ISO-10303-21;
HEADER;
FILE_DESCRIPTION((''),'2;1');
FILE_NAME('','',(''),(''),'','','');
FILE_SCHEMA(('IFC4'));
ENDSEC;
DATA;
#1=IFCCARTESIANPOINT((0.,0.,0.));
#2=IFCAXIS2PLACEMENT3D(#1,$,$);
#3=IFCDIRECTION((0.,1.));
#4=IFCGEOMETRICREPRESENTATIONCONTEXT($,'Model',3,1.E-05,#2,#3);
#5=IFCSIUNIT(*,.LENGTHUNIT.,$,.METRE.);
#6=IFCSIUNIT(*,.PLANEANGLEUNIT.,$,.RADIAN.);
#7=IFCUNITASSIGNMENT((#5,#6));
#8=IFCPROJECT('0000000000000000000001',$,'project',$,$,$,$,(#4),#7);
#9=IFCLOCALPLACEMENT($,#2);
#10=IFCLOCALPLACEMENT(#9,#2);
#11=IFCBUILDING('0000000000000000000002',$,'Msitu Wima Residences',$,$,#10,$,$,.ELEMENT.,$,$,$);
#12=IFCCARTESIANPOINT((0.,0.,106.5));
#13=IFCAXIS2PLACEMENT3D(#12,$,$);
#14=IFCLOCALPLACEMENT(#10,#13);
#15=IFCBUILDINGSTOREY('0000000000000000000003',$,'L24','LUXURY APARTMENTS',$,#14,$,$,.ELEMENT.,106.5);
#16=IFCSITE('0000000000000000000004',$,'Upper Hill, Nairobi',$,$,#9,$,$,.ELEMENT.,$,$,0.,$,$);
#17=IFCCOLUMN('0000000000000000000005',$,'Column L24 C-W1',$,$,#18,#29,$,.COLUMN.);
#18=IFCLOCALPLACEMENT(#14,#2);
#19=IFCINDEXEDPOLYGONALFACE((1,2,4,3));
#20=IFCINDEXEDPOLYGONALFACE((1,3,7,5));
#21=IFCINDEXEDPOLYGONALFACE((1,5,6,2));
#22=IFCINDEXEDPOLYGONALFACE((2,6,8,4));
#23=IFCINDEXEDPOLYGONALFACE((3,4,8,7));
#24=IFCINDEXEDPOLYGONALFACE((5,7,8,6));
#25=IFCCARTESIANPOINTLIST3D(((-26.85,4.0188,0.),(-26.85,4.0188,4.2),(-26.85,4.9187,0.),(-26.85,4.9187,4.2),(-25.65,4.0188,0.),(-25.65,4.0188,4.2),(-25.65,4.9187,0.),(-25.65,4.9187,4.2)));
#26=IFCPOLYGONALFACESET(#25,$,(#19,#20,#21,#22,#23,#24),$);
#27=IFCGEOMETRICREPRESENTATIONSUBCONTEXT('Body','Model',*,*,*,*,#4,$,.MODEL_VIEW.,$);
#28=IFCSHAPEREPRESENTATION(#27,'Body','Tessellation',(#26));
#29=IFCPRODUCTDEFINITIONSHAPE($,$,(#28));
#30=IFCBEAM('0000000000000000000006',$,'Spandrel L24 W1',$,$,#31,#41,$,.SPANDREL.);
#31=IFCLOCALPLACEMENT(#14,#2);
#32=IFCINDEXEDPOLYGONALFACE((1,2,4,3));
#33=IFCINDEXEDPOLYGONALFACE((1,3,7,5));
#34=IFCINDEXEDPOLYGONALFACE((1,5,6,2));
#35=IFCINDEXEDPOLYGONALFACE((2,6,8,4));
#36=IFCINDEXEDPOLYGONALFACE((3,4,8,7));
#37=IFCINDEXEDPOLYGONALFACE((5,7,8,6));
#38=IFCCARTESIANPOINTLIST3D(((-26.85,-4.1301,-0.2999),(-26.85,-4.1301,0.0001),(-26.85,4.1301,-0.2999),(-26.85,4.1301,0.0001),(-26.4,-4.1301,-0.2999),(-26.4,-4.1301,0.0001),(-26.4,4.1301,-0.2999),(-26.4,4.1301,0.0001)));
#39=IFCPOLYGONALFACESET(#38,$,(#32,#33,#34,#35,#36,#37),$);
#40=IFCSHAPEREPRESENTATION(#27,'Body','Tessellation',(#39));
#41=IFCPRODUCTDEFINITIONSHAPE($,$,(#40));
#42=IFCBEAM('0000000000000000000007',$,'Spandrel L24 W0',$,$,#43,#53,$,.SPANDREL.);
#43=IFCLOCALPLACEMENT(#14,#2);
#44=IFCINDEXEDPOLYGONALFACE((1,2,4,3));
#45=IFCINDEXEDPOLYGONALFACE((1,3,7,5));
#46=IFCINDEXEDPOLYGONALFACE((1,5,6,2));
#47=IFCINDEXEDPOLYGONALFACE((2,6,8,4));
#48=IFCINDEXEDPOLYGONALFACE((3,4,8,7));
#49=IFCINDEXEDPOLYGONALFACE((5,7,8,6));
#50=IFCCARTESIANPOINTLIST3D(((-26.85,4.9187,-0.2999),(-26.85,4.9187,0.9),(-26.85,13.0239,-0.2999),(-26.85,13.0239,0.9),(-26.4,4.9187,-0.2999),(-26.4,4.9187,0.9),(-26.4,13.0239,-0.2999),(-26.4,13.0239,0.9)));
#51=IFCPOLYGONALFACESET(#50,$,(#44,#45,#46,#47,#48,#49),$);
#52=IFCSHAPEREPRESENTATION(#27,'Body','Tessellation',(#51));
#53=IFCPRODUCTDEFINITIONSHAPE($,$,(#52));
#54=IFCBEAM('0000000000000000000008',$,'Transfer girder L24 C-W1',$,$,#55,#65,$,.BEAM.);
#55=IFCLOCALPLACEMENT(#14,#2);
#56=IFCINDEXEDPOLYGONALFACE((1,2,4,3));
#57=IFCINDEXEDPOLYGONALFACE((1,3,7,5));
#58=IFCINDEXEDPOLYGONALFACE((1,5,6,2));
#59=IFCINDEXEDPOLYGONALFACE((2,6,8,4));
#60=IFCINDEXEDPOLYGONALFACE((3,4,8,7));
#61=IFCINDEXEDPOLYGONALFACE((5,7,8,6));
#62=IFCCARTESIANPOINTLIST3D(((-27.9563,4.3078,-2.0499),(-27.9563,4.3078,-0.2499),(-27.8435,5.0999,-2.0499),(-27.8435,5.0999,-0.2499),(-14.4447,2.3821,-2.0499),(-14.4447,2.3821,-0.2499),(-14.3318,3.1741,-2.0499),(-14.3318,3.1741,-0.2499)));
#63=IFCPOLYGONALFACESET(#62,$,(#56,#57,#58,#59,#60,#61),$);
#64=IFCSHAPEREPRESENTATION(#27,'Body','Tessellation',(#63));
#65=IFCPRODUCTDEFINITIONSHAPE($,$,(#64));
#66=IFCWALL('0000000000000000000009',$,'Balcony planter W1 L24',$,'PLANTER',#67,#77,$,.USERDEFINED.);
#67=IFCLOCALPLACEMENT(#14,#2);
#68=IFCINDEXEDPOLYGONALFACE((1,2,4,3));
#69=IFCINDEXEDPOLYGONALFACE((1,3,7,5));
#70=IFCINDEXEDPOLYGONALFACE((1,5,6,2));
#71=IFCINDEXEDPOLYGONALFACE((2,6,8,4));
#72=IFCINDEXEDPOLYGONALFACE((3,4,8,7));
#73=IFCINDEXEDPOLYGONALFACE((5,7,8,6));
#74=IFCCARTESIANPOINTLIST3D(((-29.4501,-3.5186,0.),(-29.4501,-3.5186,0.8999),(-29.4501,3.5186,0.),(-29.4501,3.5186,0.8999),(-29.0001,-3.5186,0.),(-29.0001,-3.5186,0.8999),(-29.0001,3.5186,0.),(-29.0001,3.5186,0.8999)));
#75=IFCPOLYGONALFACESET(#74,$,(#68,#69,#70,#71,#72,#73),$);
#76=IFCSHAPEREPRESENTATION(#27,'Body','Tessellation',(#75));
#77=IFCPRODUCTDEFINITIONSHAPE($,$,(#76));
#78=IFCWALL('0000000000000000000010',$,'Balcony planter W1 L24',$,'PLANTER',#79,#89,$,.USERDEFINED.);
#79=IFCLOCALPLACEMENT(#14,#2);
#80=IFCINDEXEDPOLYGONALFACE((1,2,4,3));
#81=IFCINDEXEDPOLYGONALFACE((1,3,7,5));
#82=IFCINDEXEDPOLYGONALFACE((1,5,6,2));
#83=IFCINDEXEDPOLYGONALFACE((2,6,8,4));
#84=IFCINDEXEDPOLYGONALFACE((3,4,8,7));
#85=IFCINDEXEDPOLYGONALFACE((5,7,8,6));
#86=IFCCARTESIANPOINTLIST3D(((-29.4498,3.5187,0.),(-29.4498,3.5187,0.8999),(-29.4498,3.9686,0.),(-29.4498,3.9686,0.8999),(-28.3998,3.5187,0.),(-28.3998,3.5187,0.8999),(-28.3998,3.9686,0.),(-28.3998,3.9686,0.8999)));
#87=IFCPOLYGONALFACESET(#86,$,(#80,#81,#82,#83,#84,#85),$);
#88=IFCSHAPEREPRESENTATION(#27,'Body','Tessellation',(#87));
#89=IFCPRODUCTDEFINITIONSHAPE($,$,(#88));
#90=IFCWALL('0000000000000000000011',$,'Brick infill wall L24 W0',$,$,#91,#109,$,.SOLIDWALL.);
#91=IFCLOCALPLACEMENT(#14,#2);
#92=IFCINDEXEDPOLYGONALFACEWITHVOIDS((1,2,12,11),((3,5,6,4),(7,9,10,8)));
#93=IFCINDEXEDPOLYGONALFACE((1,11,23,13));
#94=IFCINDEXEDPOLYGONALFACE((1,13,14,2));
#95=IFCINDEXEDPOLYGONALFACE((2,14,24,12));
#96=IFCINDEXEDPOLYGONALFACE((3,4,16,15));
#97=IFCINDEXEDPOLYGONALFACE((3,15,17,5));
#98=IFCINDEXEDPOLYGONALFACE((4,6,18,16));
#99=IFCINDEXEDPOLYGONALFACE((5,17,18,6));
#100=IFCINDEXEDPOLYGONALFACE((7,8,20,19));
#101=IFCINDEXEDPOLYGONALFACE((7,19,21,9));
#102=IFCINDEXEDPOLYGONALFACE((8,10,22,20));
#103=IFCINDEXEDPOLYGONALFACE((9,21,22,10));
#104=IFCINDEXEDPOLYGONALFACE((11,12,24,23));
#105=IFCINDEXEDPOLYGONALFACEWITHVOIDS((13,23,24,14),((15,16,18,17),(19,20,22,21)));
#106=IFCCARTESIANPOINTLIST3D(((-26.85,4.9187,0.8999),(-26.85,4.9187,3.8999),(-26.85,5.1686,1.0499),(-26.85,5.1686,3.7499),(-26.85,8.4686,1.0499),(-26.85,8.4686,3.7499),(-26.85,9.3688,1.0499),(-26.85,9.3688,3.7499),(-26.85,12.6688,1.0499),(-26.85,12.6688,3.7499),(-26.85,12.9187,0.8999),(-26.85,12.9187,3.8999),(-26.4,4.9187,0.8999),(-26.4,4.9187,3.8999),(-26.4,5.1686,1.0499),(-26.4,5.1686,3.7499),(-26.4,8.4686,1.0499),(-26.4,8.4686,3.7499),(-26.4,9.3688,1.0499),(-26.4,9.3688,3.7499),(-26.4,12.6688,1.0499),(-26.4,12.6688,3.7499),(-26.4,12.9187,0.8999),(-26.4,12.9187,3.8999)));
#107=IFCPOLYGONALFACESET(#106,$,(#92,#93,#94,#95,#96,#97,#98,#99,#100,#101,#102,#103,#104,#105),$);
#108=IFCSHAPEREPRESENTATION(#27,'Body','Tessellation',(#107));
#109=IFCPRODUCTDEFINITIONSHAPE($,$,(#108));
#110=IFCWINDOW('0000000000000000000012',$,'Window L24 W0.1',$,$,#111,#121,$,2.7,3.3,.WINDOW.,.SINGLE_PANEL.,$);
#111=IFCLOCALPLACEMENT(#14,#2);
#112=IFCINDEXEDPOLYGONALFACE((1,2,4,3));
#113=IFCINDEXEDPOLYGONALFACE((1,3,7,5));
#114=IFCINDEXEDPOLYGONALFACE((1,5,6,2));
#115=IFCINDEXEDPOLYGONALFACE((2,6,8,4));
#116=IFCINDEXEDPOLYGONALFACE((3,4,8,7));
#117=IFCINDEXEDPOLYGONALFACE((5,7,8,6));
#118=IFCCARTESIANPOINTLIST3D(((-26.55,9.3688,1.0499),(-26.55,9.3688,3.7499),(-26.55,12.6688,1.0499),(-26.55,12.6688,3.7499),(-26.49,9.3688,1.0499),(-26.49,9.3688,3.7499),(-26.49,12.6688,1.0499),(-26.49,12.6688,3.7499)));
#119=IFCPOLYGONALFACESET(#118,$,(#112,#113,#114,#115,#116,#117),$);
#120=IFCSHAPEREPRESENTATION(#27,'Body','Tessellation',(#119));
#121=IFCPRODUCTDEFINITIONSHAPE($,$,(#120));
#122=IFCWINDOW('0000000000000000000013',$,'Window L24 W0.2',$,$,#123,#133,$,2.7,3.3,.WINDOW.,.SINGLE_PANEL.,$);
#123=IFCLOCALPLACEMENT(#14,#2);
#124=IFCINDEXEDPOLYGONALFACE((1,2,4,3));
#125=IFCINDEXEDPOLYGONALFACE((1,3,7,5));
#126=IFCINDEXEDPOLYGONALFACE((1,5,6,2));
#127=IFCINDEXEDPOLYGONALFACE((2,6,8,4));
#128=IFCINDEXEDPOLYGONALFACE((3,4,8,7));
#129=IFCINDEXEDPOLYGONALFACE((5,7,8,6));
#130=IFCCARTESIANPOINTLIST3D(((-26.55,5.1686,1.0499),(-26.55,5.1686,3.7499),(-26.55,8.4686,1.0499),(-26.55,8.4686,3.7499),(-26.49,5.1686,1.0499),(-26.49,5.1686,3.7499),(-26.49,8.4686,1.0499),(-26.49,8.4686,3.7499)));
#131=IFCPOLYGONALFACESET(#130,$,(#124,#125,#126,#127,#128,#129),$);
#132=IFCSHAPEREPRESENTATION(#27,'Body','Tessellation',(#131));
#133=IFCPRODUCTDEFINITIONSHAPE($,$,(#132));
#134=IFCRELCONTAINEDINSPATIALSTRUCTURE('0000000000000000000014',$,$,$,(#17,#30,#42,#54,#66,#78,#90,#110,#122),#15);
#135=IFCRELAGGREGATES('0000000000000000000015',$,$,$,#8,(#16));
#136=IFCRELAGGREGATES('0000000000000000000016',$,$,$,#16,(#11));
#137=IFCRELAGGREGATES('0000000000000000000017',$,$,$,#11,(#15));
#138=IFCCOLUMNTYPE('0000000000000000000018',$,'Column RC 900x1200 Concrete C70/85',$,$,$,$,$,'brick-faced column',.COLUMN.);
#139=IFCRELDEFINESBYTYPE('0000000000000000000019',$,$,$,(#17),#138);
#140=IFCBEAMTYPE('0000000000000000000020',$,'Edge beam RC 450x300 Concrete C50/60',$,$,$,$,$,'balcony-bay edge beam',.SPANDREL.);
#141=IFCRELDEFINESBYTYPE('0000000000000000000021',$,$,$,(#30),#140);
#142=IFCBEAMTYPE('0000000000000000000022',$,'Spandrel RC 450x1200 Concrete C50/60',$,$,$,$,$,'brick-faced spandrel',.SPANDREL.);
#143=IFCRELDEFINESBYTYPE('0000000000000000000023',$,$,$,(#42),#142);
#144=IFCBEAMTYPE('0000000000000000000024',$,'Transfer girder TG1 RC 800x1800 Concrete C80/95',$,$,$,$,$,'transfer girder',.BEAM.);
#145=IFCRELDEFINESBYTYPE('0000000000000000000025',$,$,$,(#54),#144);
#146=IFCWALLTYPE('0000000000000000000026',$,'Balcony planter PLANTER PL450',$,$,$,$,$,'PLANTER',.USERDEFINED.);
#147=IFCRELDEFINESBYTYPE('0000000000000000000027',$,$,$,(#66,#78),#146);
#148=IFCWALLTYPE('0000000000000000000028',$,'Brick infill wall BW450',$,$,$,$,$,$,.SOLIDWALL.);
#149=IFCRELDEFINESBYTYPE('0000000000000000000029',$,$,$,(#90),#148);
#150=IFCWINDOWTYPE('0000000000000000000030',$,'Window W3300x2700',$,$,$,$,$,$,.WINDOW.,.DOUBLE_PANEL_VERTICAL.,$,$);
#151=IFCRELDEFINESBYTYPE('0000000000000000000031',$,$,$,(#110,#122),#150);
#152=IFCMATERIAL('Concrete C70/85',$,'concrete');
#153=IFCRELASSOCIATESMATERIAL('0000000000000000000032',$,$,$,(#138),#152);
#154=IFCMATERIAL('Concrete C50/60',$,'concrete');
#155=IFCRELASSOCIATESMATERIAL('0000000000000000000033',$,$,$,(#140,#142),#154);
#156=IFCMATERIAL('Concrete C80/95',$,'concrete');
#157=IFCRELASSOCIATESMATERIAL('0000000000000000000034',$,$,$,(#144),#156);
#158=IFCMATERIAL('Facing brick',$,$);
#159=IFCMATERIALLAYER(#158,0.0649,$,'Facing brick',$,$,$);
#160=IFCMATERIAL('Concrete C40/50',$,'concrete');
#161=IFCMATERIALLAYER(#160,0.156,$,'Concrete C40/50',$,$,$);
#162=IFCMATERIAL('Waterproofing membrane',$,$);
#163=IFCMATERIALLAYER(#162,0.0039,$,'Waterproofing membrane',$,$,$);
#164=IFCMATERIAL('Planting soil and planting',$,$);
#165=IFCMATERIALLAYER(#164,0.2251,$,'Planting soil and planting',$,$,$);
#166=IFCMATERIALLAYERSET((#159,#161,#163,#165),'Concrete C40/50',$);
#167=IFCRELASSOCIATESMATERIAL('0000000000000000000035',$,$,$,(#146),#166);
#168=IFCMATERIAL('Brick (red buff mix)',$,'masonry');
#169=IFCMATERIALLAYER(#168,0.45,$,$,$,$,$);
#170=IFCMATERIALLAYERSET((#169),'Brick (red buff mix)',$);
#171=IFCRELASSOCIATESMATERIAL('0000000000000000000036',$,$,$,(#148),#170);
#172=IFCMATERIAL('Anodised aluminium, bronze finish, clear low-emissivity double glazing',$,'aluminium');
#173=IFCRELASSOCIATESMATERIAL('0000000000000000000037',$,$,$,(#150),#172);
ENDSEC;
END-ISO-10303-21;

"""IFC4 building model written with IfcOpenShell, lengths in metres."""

from ifc_helpers import new_model, si_unit, direction, frame, frame_2d, origin, origin_2d, place, context, subcontext, project, spatial, rectangle, extrude, material, layer, layer_set, material_profile, profile_set, type_object, element, fill, save


model = new_model("IFC4")

# Units and contexts
model_context = context("Model", 3, precision=1e-05, world=origin(), true_north=direction((0.0, 1.0)))
body_context = subcontext(model_context, "Body", "Model", "MODEL_VIEW")
ifc_project = project(units=[si_unit("LENGTHUNIT", "METRE"), si_unit("PLANEANGLEUNIT", "RADIAN")], contexts=[model_context])

# Site, building, storey
site_placement = place(None, origin())
site = spatial("IfcSite", under=ifc_project, at=site_placement, Name="Upper Hill, Nairobi", CompositionType="ELEMENT", RefElevation=0.0)
building_placement = place(site_placement, origin())
building = spatial("IfcBuilding", under=site, at=building_placement, Name="Msitu Wima Residences", CompositionType="ELEMENT")
storey_placement = place(building_placement, frame((0.0, 0.0, 106.5)))
storey = spatial("IfcBuildingStorey", under=building, at=storey_placement, Name="L24", Description="LUXURY APARTMENTS", CompositionType="ELEMENT", Elevation=106.5)

# Column
ifc_material_1 = material(Name="Concrete C70/85", Category="concrete")
ifc_material_profile_1 = material_profile(ifc_material_1, rectangle(XDim=0.8999, YDim=1.2, at=origin_2d()), Name="RC 900x1200")
ifc_profile_set_1 = profile_set([ifc_material_profile_1], Name="Concrete C70/85")
column_type = type_object("IfcColumnType", Name="Column RC 900x1200 Concrete C70/85", ElementType="brick-faced column", PredefinedType="COLUMN", material=ifc_profile_set_1)
column_placement = place(storey_placement, frame((-26.25, 4.4688, 0.0), z_axis=(0.0, 0.0, 1.0), x_axis=(0.0, -1.0, 0.0)))
element("IfcColumn", 1, at=column_placement, inside=storey, type_object=column_type, Name="Column L24 C-W1", PredefinedType="COLUMN", context=body_context, shape_type="SweptSolid", body=[
    extrude(rectangle(XDim=0.8999, YDim=1.2, at=origin_2d()), origin(), (0.0, 0.0, 1.0), 4.2),
])

# Beams
ifc_material_2 = material(Name="Concrete C50/60", Category="concrete")
ifc_material_profile_2 = material_profile(ifc_material_2, rectangle(XDim=0.45, YDim=0.3, at=origin_2d()), Name="RC 450x300")
ifc_profile_set_2 = profile_set([ifc_material_profile_2], Name="Concrete C50/60")
beam_type_1 = type_object("IfcBeamType", Name="Edge beam RC 450x300 Concrete C50/60", ElementType="balcony-bay edge beam", PredefinedType="SPANDREL", material=ifc_profile_set_2)
beam_1_placement = place(storey_placement, frame((-26.625, 4.1301, -0.1499), z_axis=(0.0, -1.0, 0.0), x_axis=(1.0, 0.0, 0.0)))
element("IfcBeam", 2, at=beam_1_placement, inside=storey, type_object=beam_type_1, Name="Spandrel L24 W1", PredefinedType="SPANDREL", context=body_context, shape_type="SweptSolid", body=[
    extrude(rectangle(XDim=0.45, YDim=0.3, at=origin_2d()), origin(), (0.0, 0.0, 1.0), 8.2603),
])
ifc_material_profile_3 = material_profile(ifc_material_2, rectangle(XDim=0.45, YDim=1.2, at=origin_2d()), Name="RC 450x1200")
ifc_profile_set_3 = profile_set([ifc_material_profile_3], Name="Concrete C50/60")
beam_type_2 = type_object("IfcBeamType", Name="Spandrel RC 450x1200 Concrete C50/60", ElementType="brick-faced spandrel", PredefinedType="SPANDREL", material=ifc_profile_set_3)
beam_2_placement = place(storey_placement, frame((-26.625, 13.0239, 0.3), z_axis=(0.0, -1.0, 0.0), x_axis=(1.0, 0.0, 0.0)))
element("IfcBeam", 3, at=beam_2_placement, inside=storey, type_object=beam_type_2, Name="Spandrel L24 W0", PredefinedType="SPANDREL", context=body_context, shape_type="SweptSolid", body=[
    extrude(rectangle(XDim=0.45, YDim=1.2, at=origin_2d()), origin(), (0.0, 0.0, 1.0), 8.1052),
])
ifc_material_3 = material(Name="Concrete C80/95", Category="concrete")
ifc_material_profile_4 = material_profile(ifc_material_3, rectangle(XDim=0.8, YDim=1.8, at=origin_2d()), Name="RC 800x1800")
ifc_profile_set_4 = profile_set([ifc_material_profile_4], Name="Concrete C80/95")
beam_type_3 = type_object("IfcBeamType", Name="Transfer girder TG1 RC 800x1800 Concrete C80/95", ElementType="transfer girder", PredefinedType="BEAM", material=ifc_profile_set_4)
beam_3_placement = place(storey_placement, frame((-27.8999, 4.7039, -1.1499), z_axis=(0.989995, -0.141101, 0.0), x_axis=(0.141101, 0.989995, 0.0)))
element("IfcBeam", 4, at=beam_3_placement, inside=storey, type_object=beam_type_3, Name="Transfer girder L24 C-W1", PredefinedType="BEAM", context=body_context, shape_type="SweptSolid", body=[
    extrude(rectangle(XDim=0.8, YDim=1.8, at=origin_2d()), origin(), (0.0, 0.0, 1.0), 13.6482),
])

# Walls
ifc_material_4 = material(Name="Facing brick")
ifc_layer_1 = layer(ifc_material_4, 0.0649, Name="Facing brick")
ifc_material_5 = material(Name="Concrete C40/50", Category="concrete")
ifc_layer_2 = layer(ifc_material_5, 0.156, Name="Concrete C40/50")
ifc_material_6 = material(Name="Waterproofing membrane")
ifc_layer_3 = layer(ifc_material_6, 0.0039, Name="Waterproofing membrane")
ifc_material_7 = material(Name="Planting soil and planting")
ifc_layer_4 = layer(ifc_material_7, 0.2251, Name="Planting soil and planting")
ifc_layer_set_1 = layer_set([ifc_layer_1, ifc_layer_2, ifc_layer_3, ifc_layer_4], Name="Concrete C40/50")
wall_type_1 = type_object("IfcWallType", Name="Balcony planter PLANTER PL450", ElementType="PLANTER", PredefinedType="USERDEFINED", material=ifc_layer_set_1)
wall_1_placement = place(storey_placement, frame((-29.2251, 3.5186, 0.0), z_axis=(0.0, 0.0, 1.0), x_axis=(0.0, -1.0, 0.0)))
element("IfcWall", 5, at=wall_1_placement, inside=storey, type_object=wall_type_1, Name="Balcony planter W1 L24", ObjectType="PLANTER", PredefinedType="USERDEFINED", context=body_context, shape_type="SweptSolid", body=[
    extrude(rectangle(XDim=7.0371, YDim=0.45, at=frame_2d((3.5186, 0.0))), origin(), (0.0, 0.0, 1.0), 0.8999),
])
wall_2_placement = place(storey_placement, frame((-28.3999, 3.7437, 0.0), z_axis=(0.0, 0.0, 1.0), x_axis=(-1.0, 0.0, 0.0)))
element("IfcWall", 6, at=wall_2_placement, inside=storey, type_object=wall_type_1, Name="Balcony planter W1 L24", ObjectType="PLANTER", PredefinedType="USERDEFINED", context=body_context, shape_type="SweptSolid", body=[
    extrude(rectangle(XDim=1.05, YDim=0.45, at=frame_2d((0.5249, 0.0))), origin(), (0.0, 0.0, 1.0), 0.8999),
])

# Wall, openings, windows
ifc_material_8 = material(Name="Brick (red buff mix)", Category="masonry")
ifc_layer_5 = layer(ifc_material_8, 0.45)
ifc_layer_set_2 = layer_set([ifc_layer_5], Name="Brick (red buff mix)")
wall_type_2 = type_object("IfcWallType", Name="Brick infill wall BW450", PredefinedType="SOLIDWALL", material=ifc_layer_set_2)
wall_3_placement = place(storey_placement, frame((-26.625, 12.9187, 0.8999), z_axis=(0.0, 0.0, 1.0), x_axis=(0.0, -1.0, 0.0)))
wall_3 = element("IfcWall", 7, at=wall_3_placement, inside=storey, type_object=wall_type_2, Name="Brick infill wall L24 W0", PredefinedType="SOLIDWALL", context=body_context, shape_type="SweptSolid", body=[
    extrude(rectangle(XDim=8.0, YDim=0.45, at=frame_2d((4.0, 0.0))), origin(), (0.0, 0.0, 1.0), 3.0),
])
opening_1_placement = place(wall_3_placement, frame((0.25, 0.0, 0.1499)))
opening_1 = element("IfcOpeningElement", 8, at=opening_1_placement, cuts=wall_3, PredefinedType="OPENING", context=body_context, shape_type="SweptSolid", body=[
    extrude(rectangle(XDim=3.3, YDim=2.7, at=frame_2d((1.6499, 1.3501))), frame((0.0, 0.2349, 0.0), z_axis=(0.0, -1.0, 0.0), x_axis=(1.0, 0.0, 0.0)), (0.0, 0.0, 1.0), 0.47),
])
opening_2_placement = place(wall_3_placement, frame((4.4502, 0.0, 0.1499)))
opening_2 = element("IfcOpeningElement", 9, at=opening_2_placement, cuts=wall_3, PredefinedType="OPENING", context=body_context, shape_type="SweptSolid", body=[
    extrude(rectangle(XDim=3.3, YDim=2.7, at=frame_2d((1.6499, 1.3501))), frame((0.0, 0.2349, 0.0), z_axis=(0.0, -1.0, 0.0), x_axis=(1.0, 0.0, 0.0)), (0.0, 0.0, 1.0), 0.47),
])
ifc_material_9 = material(Name="Anodised aluminium, bronze finish, clear low-emissivity double glazing", Category="aluminium")
window_type = type_object("IfcWindowType", Name="Window W3300x2700", PartitioningType="DOUBLE_PANEL_VERTICAL", PredefinedType="WINDOW", material=ifc_material_9)
window_1_placement = place(opening_1_placement, origin())
window_1 = element("IfcWindow", 10, at=window_1_placement, inside=storey, type_object=window_type, Name="Window L24 W0.1", OverallHeight=2.7, OverallWidth=3.3, PartitioningType="SINGLE_PANEL", PredefinedType="WINDOW", context=body_context, shape_type="SweptSolid", body=[
    extrude(rectangle(XDim=3.3, YDim=2.7, at=frame_2d((1.6499, 1.3501))), frame((0.0, 0.135, 0.0), z_axis=(0.0, -1.0, 0.0), x_axis=(1.0, 0.0, 0.0)), (0.0, 0.0, 1.0), 0.0601),
])
fill(opening_1, window_1)
window_2_placement = place(opening_2_placement, origin())
window_2 = element("IfcWindow", 11, at=window_2_placement, inside=storey, type_object=window_type, Name="Window L24 W0.2", OverallHeight=2.7, OverallWidth=3.3, PartitioningType="SINGLE_PANEL", PredefinedType="WINDOW", context=body_context, shape_type="SweptSolid", body=[
    extrude(rectangle(XDim=3.3, YDim=2.7, at=frame_2d((1.6499, 1.3501))), frame((0.0, 0.135, 0.0), z_axis=(0.0, -1.0, 0.0), x_axis=(1.0, 0.0, 0.0)), (0.0, 0.0, 1.0), 0.0601),
])
fill(opening_2, window_2)

save(model, "model.ifc")
